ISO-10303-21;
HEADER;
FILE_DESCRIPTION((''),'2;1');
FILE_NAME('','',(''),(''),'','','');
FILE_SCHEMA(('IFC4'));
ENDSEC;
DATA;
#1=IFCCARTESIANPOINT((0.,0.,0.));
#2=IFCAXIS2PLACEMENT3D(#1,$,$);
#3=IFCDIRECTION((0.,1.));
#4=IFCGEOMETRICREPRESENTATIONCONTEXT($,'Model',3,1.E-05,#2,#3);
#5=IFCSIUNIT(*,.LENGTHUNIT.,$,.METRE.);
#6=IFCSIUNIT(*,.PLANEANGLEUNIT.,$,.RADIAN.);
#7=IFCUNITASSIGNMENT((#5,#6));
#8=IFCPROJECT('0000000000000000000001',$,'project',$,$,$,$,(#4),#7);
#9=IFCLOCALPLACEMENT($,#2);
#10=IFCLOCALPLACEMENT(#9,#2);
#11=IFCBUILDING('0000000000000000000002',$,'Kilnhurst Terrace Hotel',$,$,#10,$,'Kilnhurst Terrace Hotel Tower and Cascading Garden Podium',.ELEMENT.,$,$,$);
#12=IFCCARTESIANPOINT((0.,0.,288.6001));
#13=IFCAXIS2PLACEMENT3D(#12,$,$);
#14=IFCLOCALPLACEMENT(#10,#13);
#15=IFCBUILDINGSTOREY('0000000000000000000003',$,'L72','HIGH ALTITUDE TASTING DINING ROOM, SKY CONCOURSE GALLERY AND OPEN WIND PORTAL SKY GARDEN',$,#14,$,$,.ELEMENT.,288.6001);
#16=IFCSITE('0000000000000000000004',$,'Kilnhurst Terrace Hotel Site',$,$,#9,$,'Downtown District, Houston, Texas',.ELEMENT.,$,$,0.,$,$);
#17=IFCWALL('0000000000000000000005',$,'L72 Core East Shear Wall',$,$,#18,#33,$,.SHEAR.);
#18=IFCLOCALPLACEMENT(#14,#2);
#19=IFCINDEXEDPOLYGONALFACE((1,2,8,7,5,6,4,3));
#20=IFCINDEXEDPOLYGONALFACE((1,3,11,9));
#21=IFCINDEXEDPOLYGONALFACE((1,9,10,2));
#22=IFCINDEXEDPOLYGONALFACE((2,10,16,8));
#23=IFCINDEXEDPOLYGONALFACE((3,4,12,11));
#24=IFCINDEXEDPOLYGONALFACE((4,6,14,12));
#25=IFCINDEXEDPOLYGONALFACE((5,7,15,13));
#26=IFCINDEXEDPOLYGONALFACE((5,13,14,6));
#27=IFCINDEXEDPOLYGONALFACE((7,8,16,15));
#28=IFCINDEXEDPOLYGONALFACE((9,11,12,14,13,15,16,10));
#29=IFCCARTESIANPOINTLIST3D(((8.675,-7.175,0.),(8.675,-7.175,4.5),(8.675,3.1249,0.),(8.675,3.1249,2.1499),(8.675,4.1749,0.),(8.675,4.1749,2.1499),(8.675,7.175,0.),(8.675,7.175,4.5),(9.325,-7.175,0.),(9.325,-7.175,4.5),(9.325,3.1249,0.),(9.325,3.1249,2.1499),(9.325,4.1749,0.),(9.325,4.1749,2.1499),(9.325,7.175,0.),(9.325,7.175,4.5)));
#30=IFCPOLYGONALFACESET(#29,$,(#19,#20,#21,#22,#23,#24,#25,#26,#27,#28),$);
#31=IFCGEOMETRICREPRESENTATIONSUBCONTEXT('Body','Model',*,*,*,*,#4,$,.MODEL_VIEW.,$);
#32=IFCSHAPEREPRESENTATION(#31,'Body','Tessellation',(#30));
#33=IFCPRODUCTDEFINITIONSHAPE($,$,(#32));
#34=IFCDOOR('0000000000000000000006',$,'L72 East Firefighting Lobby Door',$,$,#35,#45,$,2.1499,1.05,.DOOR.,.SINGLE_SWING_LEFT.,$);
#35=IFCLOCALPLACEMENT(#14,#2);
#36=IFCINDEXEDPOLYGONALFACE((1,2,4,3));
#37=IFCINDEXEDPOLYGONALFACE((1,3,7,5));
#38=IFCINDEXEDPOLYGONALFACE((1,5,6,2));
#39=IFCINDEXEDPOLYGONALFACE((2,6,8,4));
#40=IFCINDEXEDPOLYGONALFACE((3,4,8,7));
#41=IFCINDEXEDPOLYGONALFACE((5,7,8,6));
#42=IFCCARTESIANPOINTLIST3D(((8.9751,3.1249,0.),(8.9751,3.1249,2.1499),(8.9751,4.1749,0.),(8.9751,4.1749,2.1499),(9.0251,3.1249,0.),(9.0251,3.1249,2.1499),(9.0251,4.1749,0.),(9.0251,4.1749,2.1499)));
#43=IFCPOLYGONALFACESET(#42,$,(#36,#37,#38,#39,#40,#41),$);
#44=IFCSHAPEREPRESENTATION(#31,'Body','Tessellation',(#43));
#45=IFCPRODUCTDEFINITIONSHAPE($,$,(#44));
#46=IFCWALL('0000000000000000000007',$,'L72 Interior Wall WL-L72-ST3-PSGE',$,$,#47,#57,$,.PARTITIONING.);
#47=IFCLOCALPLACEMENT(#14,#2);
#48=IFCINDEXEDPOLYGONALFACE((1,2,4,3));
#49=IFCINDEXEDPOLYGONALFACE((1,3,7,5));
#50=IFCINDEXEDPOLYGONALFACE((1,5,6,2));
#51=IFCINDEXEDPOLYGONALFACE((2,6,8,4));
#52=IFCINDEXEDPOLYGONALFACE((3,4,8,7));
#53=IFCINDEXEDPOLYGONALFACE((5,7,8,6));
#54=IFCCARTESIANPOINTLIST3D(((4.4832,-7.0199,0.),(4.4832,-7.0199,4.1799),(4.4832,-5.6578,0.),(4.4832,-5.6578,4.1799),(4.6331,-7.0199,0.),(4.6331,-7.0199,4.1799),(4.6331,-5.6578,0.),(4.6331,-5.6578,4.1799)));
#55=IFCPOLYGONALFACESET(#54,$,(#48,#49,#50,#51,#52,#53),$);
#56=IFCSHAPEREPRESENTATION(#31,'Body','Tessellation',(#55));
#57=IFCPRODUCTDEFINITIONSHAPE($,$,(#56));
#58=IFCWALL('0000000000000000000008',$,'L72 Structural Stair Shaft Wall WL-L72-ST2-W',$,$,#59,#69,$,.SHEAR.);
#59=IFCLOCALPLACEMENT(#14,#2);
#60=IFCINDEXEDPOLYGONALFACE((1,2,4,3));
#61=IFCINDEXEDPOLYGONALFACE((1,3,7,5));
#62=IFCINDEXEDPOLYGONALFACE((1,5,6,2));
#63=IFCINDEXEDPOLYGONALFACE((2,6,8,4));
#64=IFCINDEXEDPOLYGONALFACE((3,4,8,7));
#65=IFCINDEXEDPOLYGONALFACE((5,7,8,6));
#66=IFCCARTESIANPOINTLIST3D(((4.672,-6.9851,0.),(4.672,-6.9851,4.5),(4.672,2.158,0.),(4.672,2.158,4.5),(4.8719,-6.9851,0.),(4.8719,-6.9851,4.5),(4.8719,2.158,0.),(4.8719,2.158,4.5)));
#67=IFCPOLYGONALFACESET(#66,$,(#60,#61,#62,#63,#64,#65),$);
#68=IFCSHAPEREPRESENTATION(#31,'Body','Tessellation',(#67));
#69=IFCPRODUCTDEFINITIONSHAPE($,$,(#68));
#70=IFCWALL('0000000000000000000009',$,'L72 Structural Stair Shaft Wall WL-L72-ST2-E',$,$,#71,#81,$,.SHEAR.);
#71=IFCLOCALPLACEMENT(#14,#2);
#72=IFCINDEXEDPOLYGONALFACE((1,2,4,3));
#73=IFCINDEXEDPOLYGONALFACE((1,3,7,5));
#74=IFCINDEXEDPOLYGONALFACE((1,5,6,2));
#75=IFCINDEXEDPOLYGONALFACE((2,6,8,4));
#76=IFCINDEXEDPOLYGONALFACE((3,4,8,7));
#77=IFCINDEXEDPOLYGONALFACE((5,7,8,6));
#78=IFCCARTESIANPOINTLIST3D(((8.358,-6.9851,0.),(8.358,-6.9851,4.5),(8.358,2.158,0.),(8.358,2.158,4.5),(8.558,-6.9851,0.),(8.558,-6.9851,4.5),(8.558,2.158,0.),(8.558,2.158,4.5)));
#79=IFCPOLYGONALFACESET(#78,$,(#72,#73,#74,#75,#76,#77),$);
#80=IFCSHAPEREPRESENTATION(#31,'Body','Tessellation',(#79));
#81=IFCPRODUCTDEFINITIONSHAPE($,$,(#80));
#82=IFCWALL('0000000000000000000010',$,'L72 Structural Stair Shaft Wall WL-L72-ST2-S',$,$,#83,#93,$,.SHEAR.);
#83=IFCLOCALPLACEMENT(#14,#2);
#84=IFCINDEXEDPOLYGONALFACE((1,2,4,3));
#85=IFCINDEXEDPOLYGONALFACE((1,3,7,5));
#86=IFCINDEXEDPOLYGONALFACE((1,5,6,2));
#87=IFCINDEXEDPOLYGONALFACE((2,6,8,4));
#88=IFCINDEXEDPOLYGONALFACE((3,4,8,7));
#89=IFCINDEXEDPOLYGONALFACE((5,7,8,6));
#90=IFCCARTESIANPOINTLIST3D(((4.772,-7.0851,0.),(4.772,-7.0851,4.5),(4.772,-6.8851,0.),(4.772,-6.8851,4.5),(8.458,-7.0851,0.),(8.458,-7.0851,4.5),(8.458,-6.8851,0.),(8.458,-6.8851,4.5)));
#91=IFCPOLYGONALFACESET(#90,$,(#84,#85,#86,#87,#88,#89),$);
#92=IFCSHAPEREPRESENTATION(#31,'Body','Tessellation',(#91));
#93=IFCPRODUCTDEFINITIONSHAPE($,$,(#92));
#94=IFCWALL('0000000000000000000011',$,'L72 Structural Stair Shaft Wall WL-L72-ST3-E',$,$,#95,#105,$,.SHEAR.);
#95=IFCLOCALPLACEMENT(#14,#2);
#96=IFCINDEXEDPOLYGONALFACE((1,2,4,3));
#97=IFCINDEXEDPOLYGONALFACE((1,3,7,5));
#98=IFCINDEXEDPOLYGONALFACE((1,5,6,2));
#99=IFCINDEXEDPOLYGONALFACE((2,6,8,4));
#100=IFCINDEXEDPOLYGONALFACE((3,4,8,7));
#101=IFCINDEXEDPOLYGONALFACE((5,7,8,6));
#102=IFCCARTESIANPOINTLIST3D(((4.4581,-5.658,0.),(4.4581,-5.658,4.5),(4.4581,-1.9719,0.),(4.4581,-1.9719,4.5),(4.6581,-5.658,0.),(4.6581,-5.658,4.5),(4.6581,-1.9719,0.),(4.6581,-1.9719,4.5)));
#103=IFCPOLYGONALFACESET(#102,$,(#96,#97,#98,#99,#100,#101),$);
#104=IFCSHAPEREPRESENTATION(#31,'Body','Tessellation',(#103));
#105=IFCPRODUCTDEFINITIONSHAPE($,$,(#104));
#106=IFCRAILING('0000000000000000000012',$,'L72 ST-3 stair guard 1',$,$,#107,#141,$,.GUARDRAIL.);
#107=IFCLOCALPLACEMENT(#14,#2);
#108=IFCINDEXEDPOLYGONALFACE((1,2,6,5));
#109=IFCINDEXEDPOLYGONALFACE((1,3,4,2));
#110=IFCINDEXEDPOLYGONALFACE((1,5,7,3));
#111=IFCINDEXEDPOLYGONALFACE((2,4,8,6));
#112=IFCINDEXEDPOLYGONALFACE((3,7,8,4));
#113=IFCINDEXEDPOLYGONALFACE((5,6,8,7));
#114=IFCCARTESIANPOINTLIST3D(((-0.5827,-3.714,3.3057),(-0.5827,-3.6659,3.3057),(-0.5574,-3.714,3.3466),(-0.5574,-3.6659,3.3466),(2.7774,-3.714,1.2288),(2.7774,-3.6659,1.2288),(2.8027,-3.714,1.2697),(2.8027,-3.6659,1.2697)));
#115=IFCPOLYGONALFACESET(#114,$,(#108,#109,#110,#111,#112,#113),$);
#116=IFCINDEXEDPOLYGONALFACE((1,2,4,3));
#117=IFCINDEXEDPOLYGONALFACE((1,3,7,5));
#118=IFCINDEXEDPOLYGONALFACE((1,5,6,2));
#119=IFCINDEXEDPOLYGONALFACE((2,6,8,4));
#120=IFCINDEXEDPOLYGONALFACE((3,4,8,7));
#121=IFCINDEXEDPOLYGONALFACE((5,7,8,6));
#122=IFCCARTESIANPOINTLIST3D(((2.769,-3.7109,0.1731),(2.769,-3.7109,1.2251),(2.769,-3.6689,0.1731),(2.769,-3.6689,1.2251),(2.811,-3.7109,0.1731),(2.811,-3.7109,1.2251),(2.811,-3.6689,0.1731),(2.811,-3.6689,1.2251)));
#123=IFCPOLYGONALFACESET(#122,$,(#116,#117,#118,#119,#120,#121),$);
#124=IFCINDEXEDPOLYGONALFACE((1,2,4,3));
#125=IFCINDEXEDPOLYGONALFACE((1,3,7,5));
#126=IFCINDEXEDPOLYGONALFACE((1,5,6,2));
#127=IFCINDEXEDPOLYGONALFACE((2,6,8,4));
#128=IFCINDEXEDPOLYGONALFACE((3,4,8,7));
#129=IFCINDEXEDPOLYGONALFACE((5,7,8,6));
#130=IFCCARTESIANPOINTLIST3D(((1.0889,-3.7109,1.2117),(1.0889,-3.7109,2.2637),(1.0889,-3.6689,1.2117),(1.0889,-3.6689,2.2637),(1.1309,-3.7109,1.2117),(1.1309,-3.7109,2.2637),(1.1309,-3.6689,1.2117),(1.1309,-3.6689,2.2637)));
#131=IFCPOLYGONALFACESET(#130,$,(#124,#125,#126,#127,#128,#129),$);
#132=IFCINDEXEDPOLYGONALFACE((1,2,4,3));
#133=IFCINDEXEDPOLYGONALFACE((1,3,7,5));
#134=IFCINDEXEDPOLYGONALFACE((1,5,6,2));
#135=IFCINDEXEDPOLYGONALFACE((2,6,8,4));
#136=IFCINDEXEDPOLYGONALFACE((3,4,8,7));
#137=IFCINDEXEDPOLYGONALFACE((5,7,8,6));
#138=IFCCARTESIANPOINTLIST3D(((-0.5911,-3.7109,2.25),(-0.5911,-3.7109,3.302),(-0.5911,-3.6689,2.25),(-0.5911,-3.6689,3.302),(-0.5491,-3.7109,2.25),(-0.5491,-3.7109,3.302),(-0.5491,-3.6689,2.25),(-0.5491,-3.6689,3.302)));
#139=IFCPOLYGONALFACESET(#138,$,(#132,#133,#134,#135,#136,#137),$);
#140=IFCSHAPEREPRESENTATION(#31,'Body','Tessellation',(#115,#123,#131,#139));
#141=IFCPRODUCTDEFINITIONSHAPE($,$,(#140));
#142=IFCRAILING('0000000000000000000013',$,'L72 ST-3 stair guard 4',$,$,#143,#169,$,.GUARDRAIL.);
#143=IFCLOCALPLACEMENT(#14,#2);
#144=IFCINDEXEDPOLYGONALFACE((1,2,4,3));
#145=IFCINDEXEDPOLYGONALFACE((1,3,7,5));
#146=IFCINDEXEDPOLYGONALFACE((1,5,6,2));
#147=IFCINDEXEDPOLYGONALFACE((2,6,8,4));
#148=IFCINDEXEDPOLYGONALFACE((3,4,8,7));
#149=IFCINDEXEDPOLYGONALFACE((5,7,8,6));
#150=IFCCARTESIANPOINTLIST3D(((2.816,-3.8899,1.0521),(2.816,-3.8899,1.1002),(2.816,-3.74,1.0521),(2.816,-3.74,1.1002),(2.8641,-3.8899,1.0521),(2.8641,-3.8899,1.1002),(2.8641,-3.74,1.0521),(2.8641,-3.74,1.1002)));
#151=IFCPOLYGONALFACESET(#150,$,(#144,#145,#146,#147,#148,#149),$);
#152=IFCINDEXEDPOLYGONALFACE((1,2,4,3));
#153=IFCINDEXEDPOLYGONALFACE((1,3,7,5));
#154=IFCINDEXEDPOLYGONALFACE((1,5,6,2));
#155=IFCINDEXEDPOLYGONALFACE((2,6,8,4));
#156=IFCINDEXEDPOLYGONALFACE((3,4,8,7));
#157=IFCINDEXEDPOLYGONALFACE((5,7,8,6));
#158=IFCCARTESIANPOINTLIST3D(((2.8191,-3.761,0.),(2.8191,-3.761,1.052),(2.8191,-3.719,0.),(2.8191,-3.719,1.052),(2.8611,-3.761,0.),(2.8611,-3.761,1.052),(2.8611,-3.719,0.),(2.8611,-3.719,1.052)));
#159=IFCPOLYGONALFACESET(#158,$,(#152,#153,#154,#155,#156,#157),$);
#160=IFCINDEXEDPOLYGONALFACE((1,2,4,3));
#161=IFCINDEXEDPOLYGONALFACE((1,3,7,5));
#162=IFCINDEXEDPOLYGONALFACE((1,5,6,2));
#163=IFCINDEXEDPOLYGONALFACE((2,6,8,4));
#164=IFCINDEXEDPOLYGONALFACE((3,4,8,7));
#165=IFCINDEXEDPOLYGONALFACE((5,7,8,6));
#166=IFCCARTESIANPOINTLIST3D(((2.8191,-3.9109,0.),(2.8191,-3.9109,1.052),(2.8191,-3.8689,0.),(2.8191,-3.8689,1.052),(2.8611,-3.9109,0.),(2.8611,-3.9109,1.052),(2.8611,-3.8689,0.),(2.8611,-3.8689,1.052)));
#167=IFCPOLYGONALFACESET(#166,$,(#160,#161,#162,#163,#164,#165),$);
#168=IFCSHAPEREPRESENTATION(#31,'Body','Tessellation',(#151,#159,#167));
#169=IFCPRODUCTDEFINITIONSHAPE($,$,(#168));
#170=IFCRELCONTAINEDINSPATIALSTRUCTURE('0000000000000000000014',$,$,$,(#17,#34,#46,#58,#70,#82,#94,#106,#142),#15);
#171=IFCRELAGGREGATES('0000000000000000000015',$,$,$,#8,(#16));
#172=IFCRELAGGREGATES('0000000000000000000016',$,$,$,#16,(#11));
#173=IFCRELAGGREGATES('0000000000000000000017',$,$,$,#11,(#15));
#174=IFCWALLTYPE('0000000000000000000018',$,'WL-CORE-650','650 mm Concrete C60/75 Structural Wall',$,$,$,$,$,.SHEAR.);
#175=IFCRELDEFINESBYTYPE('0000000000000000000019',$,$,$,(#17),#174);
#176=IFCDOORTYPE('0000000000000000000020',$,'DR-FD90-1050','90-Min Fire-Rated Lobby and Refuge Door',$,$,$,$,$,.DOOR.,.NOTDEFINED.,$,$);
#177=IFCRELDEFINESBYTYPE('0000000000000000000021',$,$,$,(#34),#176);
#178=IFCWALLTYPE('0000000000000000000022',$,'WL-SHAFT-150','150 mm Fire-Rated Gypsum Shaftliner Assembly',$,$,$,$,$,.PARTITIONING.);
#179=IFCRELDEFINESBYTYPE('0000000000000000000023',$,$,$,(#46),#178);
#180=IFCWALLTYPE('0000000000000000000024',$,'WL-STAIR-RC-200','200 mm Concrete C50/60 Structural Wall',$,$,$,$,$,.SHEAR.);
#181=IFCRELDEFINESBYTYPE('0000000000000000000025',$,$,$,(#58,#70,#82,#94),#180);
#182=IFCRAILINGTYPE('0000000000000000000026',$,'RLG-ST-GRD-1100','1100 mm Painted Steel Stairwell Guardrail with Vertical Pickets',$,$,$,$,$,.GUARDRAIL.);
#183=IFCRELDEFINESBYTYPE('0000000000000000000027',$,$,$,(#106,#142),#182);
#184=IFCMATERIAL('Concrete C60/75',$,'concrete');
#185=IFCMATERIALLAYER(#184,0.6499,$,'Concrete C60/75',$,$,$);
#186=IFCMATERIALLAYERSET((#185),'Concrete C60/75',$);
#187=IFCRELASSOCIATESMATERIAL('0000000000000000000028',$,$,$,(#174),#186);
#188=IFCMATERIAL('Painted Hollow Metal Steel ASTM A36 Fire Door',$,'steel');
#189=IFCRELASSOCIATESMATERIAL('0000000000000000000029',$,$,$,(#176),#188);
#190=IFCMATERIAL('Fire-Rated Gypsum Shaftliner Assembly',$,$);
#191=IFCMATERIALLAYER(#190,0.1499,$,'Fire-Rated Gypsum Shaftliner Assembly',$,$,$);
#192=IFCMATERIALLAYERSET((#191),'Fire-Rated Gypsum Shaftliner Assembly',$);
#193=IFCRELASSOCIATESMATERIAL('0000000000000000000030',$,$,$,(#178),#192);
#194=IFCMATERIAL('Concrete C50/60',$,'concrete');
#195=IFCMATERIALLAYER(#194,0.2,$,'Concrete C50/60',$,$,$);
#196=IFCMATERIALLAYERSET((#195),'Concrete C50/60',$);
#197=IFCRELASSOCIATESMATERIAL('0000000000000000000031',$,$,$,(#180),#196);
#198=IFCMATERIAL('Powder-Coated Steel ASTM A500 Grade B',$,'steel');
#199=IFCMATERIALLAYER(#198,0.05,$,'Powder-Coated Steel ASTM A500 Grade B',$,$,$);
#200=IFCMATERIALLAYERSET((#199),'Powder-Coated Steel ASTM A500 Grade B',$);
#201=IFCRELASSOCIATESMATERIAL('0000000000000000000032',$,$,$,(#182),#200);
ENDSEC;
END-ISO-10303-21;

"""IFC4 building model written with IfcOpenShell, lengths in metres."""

from ifc_helpers import new_model, si_unit, direction, frame, frame_2d, origin, origin_2d, place, context, subcontext, project, spatial, rectangle, extrude, material, layer, layer_set, type_object, element, fill, save


model = new_model("IFC4")

# Units and contexts
model_context = context("Model", 3, precision=1e-05, world=origin(), true_north=direction((0.0, 1.0)))
body_context = subcontext(model_context, "Body", "Model", "MODEL_VIEW")
ifc_project = project(units=[si_unit("LENGTHUNIT", "METRE"), si_unit("PLANEANGLEUNIT", "RADIAN")], contexts=[model_context])

# Site, building, storey
site_placement = place(None, origin())
site = spatial("IfcSite", under=ifc_project, at=site_placement, Name="Kilnhurst Terrace Hotel Site", LongName="Downtown District, Houston, Texas", CompositionType="ELEMENT", RefElevation=0.0)
building_placement = place(site_placement, origin())
building = spatial("IfcBuilding", under=site, at=building_placement, Name="Kilnhurst Terrace Hotel", LongName="Kilnhurst Terrace Hotel Tower and Cascading Garden Podium", CompositionType="ELEMENT")
storey_placement = place(building_placement, frame((0.0, 0.0, 288.6001)))
storey = spatial("IfcBuildingStorey", under=building, at=storey_placement, Name="L72", Description="HIGH ALTITUDE TASTING DINING ROOM, SKY CONCOURSE GALLERY AND OPEN WIND PORTAL SKY GARDEN", CompositionType="ELEMENT", Elevation=288.6001)

# Shared definitions
ifc_material_1 = material(Name="Concrete C60/75", Category="concrete")

# Shared definitions
ifc_material_2 = material(Name="Concrete C50/60", Category="concrete")

# Wall, opening, door
ifc_layer_1 = layer(ifc_material_1, 0.6499, Name="Concrete C60/75")
ifc_layer_set_1 = layer_set([ifc_layer_1], Name="Concrete C60/75")
wall_type_1 = type_object("IfcWallType", Name="WL-CORE-650", Description="650 mm Concrete C60/75 Structural Wall", PredefinedType="SHEAR", material=ifc_layer_set_1)
wall_1_placement = place(storey_placement, frame((9.0, -7.175, 0.0), z_axis=(0.0, 0.0, 1.0), x_axis=(0.0, 1.0, 0.0)))
wall_1 = element("IfcWall", 1, at=wall_1_placement, inside=storey, type_object=wall_type_1, Name="L72 Core East Shear Wall", PredefinedType="SHEAR", context=body_context, shape_type="SweptSolid", body=[
    extrude(rectangle(XDim=14.3501, YDim=0.6499, at=frame_2d((7.175, 0.0))), origin(), (0.0, 0.0, 1.0), 4.5),
])
opening_placement = place(wall_1_placement, frame((10.3, 0.0, 0.0)))
opening = element("IfcOpeningElement", 2, at=opening_placement, cuts=wall_1, PredefinedType="OPENING", context=body_context, shape_type="SweptSolid", body=[
    extrude(rectangle(XDim=1.05, YDim=2.1499, at=frame_2d((0.5249, 1.075))), frame((0.0, 0.335, 0.0), z_axis=(0.0, -1.0, 0.0), x_axis=(1.0, 0.0, 0.0)), (0.0, 0.0, 1.0), 0.6699),
])
ifc_material_3 = material(Name="Painted Hollow Metal Steel ASTM A36 Fire Door", Category="steel")
door_type = type_object("IfcDoorType", Name="DR-FD90-1050", Description="90-Min Fire-Rated Lobby and Refuge Door", OperationType="NOTDEFINED", PredefinedType="DOOR", material=ifc_material_3)
door_placement = place(opening_placement, origin())
door = element("IfcDoor", 3, at=door_placement, inside=storey, type_object=door_type, Name="L72 East Firefighting Lobby Door", OperationType="SINGLE_SWING_LEFT", OverallHeight=2.1499, OverallWidth=1.05, PredefinedType="DOOR", context=body_context, shape_type="SweptSolid", body=[
    extrude(rectangle(XDim=1.05, YDim=2.1499, at=frame_2d((0.5249, 1.075))), frame((0.0, 0.0249, 0.0), z_axis=(0.0, -1.0, 0.0), x_axis=(1.0, 0.0, 0.0)), (0.0, 0.0, 1.0), 0.05),
])
fill(opening, door)

# Walls
ifc_material_4 = material(Name="Fire-Rated Gypsum Shaftliner Assembly")
ifc_layer_2 = layer(ifc_material_4, 0.1499, Name="Fire-Rated Gypsum Shaftliner Assembly")
ifc_layer_set_2 = layer_set([ifc_layer_2], Name="Fire-Rated Gypsum Shaftliner Assembly")
wall_type_2 = type_object("IfcWallType", Name="WL-SHAFT-150", Description="150 mm Fire-Rated Gypsum Shaftliner Assembly", PredefinedType="PARTITIONING", material=ifc_layer_set_2)
wall_2_placement = place(storey_placement, frame((4.5581, -7.02, 0.0), z_axis=(0.0, 0.0, 1.0), x_axis=(0.0, 1.0, 0.0)))
element("IfcWall", 4, at=wall_2_placement, inside=storey, type_object=wall_type_2, Name="L72 Interior Wall WL-L72-ST3-PSGE", PredefinedType="PARTITIONING", context=body_context, shape_type="SweptSolid", body=[
    extrude(rectangle(XDim=1.3621, YDim=0.1499, at=frame_2d((0.6812, 0.0))), origin(), (0.0, 0.0, 1.0), 4.1799),
])
ifc_layer_3 = layer(ifc_material_2, 0.2, Name="Concrete C50/60")
ifc_layer_set_3 = layer_set([ifc_layer_3], Name="Concrete C50/60")
wall_type_3 = type_object("IfcWallType", Name="WL-STAIR-RC-200", Description="200 mm Concrete C50/60 Structural Wall", PredefinedType="SHEAR", material=ifc_layer_set_3)
for number, where, z_axis, x_axis, name in (
    (5, (4.772, -6.9851, 0.0), (0.0, 0.0, 1.0), (0.0, 1.0, 0.0), "L72 Structural Stair Shaft Wall WL-L72-ST2-W"),
    (6, (8.458, -6.9851, 0.0), (0.0, 0.0, 1.0), (0.0, 1.0, 0.0), "L72 Structural Stair Shaft Wall WL-L72-ST2-E"),
):
    element("IfcWall", number, at=place(storey_placement, frame(where, z_axis=z_axis, x_axis=x_axis)), inside=storey, type_object=wall_type_3, Name=name, PredefinedType="SHEAR", context=body_context, shape_type="SweptSolid", body=[
        extrude(rectangle(XDim=9.1431, YDim=0.2, at=frame_2d((4.5715, 0.0))), origin(), (0.0, 0.0, 1.0), 4.5),
    ])
for number, where, z_axis, x_axis, name in (
    (7, (4.772, -6.9851, 0.0), (0.0, 0.0, 1.0), (1.0, 0.0, 0.0), "L72 Structural Stair Shaft Wall WL-L72-ST2-S"),
    (8, (4.5581, -5.658, 0.0), (0.0, 0.0, 1.0), (0.0, 1.0, 0.0), "L72 Structural Stair Shaft Wall WL-L72-ST3-E"),
):
    element("IfcWall", number, at=place(storey_placement, frame(where, z_axis=z_axis, x_axis=x_axis)), inside=storey, type_object=wall_type_3, Name=name, PredefinedType="SHEAR", context=body_context, shape_type="SweptSolid", body=[
        extrude(rectangle(XDim=3.686, YDim=0.2, at=frame_2d((1.843, 0.0))), origin(), (0.0, 0.0, 1.0), 4.5),
    ])

# Railings
ifc_material_5 = material(Name="Powder-Coated Steel ASTM A500 Grade B", Category="steel")
ifc_layer_4 = layer(ifc_material_5, 0.05, Name="Powder-Coated Steel ASTM A500 Grade B")
ifc_layer_set_4 = layer_set([ifc_layer_4], Name="Powder-Coated Steel ASTM A500 Grade B")
railing_type = type_object("IfcRailingType", Name="RLG-ST-GRD-1100", Description="1100 mm Painted Steel Stairwell Guardrail with Vertical Pickets", PredefinedType="GUARDRAIL", material=ifc_layer_set_4)
railing_1_placement = place(storey_placement, frame((2.79, -3.6899, 0.1731)))
element("IfcRailing", 9, at=railing_1_placement, inside=storey, type_object=railing_type, Name="L72 ST-3 stair guard 1", PredefinedType="GUARDRAIL", context=body_context, shape_type="SweptSolid", body=[
    extrude(rectangle(XDim=0.0481, YDim=0.0481, at=origin_2d()), frame((0.0, 0.0, 1.0762), z_axis=(-0.850623, 0.0, 0.525776), x_axis=(0.0, -1.0, 0.0)), (0.0, 0.0, 1.0), 3.9502),
    extrude(rectangle(XDim=0.042, YDim=0.042, at=origin_2d()), origin(), (0.0, 0.0, 1.0), 1.052),
    extrude(rectangle(XDim=0.042, YDim=0.042, at=origin_2d()), frame((-1.6802, 0.0, 1.0386)), (0.0, 0.0, 1.0), 1.052),
    extrude(rectangle(XDim=0.042, YDim=0.042, at=origin_2d()), frame((-3.3601, 0.0, 2.0769)), (0.0, 0.0, 1.0), 1.052),
])
railing_2_placement = place(storey_placement, frame((2.8401, -3.74, 0.0)))
element("IfcRailing", 10, at=railing_2_placement, inside=storey, type_object=railing_type, Name="L72 ST-3 stair guard 4", PredefinedType="GUARDRAIL", context=body_context, shape_type="SweptSolid", body=[
    extrude(rectangle(XDim=0.0481, YDim=0.0481, at=origin_2d()), frame((0.0, 0.0, 1.0762), z_axis=(0.0, -1.0, 0.0), x_axis=(1.0, 0.0, 0.0)), (0.0, 0.0, 1.0), 0.1499),
    extrude(rectangle(XDim=0.042, YDim=0.042, at=origin_2d()), origin(), (0.0, 0.0, 1.0), 1.052),
    extrude(rectangle(XDim=0.042, YDim=0.042, at=origin_2d()), frame((0.0, -0.1499, 0.0)), (0.0, 0.0, 1.0), 1.052),
])

save(model, "model.ifc")
